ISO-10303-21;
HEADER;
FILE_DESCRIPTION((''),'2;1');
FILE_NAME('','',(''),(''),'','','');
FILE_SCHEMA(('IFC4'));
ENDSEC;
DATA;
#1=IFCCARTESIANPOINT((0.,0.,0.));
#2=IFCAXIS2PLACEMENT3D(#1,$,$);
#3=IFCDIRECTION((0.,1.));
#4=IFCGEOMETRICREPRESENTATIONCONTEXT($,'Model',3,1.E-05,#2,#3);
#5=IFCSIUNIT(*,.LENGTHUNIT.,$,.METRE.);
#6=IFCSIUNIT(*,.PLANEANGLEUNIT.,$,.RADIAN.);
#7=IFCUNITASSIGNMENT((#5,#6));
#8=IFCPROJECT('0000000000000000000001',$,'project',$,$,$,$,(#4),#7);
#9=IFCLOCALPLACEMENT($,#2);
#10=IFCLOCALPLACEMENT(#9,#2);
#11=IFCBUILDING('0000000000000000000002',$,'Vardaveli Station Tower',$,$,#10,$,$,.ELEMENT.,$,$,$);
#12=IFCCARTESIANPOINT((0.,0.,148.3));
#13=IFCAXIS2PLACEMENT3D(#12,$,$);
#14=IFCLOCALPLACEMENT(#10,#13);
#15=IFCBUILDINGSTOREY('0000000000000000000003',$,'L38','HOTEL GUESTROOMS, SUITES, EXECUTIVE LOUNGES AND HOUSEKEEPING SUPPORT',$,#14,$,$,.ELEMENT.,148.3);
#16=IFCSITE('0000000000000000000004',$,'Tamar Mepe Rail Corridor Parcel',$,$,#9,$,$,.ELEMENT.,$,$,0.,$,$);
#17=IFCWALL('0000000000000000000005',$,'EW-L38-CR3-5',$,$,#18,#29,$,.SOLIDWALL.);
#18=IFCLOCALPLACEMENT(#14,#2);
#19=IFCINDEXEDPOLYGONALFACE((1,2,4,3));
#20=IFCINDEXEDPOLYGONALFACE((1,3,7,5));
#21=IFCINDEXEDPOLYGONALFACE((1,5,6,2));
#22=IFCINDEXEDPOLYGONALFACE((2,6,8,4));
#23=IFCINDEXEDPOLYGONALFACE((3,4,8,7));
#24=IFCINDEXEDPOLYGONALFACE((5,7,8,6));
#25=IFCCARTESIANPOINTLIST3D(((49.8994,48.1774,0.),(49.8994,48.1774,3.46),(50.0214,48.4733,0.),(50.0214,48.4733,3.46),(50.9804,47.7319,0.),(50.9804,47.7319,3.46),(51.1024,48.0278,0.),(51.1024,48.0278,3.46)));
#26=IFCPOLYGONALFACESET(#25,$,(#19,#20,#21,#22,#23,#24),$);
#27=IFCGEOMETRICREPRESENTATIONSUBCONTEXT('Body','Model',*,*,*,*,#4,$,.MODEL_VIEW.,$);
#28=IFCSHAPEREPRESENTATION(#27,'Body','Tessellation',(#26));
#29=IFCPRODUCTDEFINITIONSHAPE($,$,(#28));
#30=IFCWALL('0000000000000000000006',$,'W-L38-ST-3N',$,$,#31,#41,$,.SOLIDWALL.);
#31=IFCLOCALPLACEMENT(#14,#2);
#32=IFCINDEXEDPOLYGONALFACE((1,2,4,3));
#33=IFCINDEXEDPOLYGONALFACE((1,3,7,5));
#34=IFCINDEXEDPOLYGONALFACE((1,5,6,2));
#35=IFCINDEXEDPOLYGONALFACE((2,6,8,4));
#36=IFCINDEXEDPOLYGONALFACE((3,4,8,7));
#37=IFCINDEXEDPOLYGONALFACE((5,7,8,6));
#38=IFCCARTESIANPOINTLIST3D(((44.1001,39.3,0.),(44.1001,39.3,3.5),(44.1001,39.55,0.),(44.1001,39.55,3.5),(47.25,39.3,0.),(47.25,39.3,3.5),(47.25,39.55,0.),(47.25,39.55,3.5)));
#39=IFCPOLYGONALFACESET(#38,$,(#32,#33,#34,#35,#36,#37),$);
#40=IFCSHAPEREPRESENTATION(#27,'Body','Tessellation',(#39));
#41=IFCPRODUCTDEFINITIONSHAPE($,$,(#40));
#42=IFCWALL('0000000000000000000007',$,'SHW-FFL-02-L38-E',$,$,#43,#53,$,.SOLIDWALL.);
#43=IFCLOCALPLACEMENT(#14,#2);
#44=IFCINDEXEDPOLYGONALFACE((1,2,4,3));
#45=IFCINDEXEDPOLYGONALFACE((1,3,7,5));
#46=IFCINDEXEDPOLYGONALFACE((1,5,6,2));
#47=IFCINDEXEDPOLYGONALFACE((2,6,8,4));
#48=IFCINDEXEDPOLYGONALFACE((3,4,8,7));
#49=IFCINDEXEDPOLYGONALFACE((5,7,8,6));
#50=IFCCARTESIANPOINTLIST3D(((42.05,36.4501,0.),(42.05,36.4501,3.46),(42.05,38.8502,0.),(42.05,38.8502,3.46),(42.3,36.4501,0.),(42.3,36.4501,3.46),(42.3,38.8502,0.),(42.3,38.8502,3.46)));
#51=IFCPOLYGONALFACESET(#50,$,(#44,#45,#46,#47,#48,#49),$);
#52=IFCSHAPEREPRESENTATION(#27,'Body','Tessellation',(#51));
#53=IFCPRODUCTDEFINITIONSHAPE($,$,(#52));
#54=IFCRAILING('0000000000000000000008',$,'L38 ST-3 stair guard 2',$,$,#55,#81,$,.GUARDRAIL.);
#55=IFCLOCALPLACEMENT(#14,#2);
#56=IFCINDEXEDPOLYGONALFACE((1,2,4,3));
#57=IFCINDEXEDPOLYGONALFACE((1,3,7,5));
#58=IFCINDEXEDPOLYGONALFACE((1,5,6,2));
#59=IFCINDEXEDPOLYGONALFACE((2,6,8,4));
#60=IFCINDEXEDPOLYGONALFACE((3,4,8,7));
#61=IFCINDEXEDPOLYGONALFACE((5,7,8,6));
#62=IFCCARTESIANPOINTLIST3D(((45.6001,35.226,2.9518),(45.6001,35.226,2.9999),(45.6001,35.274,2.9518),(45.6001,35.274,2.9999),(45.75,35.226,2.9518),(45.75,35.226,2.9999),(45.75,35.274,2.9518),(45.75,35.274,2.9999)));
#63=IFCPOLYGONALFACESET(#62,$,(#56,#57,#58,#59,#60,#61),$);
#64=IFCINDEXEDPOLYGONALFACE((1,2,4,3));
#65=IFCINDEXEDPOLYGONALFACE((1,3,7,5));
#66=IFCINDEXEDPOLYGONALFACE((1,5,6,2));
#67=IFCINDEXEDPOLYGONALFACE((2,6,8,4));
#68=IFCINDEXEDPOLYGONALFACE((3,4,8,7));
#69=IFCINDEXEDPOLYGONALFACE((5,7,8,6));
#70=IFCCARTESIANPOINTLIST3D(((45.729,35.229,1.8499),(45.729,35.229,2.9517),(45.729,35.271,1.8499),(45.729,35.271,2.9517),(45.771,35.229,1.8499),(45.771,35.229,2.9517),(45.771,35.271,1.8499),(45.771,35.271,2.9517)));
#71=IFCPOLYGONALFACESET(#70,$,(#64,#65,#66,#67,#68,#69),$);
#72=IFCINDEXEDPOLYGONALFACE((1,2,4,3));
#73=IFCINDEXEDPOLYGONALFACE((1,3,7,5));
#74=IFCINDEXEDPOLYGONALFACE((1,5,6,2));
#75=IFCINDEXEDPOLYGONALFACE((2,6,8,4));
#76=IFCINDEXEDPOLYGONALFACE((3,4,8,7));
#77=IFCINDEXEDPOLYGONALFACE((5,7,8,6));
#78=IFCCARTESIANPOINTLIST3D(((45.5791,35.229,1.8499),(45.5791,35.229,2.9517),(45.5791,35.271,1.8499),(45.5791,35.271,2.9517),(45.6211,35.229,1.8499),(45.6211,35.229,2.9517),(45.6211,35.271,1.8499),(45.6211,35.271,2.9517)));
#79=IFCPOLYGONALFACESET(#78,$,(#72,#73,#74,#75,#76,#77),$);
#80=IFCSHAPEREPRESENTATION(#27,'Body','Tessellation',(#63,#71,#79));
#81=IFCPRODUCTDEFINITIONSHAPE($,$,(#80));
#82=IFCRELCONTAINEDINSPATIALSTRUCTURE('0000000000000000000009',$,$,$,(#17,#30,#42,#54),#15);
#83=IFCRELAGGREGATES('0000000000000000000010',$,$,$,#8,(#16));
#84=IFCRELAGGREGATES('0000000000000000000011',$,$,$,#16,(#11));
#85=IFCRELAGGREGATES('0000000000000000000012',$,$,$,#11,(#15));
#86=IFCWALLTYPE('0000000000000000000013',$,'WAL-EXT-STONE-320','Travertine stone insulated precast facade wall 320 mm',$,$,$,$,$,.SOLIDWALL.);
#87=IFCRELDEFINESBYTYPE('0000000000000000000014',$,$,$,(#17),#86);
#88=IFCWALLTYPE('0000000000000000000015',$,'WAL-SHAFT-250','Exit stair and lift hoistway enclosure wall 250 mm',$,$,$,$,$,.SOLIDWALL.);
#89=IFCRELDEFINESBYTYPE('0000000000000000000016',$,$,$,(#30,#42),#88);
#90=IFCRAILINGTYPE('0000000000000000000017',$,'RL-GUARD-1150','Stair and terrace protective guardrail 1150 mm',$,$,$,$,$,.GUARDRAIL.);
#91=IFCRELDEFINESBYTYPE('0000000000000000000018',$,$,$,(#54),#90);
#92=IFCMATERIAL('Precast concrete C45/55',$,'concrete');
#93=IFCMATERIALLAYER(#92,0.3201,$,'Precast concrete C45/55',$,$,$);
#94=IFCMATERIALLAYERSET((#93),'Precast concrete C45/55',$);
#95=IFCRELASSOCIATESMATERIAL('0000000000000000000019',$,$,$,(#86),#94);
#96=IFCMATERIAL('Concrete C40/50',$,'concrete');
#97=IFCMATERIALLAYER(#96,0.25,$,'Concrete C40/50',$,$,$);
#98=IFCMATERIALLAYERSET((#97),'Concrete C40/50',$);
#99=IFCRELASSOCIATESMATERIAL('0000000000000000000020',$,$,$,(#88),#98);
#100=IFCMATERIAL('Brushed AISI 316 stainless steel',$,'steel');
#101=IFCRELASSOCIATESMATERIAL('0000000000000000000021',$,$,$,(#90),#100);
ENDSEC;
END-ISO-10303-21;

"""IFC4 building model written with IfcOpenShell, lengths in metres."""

from ifc_helpers import new_model, si_unit, direction, frame, frame_2d, origin, origin_2d, place, context, subcontext, project, spatial, rectangle, extrude, source, transform, mapped, material, layer, layer_set, type_object, element, save


model = new_model("IFC4")

# Units and contexts
model_context = context("Model", 3, precision=1e-05, world=origin(), true_north=direction((0.0, 1.0)))
body_context = subcontext(model_context, "Body", "Model", "MODEL_VIEW")
ifc_project = project(units=[si_unit("LENGTHUNIT", "METRE"), si_unit("PLANEANGLEUNIT", "RADIAN")], contexts=[model_context])

# Site, building, storey
site_placement = place(None, origin())
site = spatial("IfcSite", under=ifc_project, at=site_placement, Name="Tamar Mepe Rail Corridor Parcel", CompositionType="ELEMENT", RefElevation=0.0)
building_placement = place(site_placement, origin())
building = spatial("IfcBuilding", under=site, at=building_placement, Name="Vardaveli Station Tower", CompositionType="ELEMENT")
storey_placement = place(building_placement, frame((0.0, 0.0, 148.3)))
storey = spatial("IfcBuildingStorey", under=building, at=storey_placement, Name="L38", Description="HOTEL GUESTROOMS, SUITES, EXECUTIVE LOUNGES AND HOUSEKEEPING SUPPORT", CompositionType="ELEMENT", Elevation=148.3)

# Shared definitions
ifc_material_1 = material(Name="Precast concrete C45/55", Category="concrete")

# Shared definitions
ifc_layer_1 = layer(ifc_material_1, 0.3201, Name="Precast concrete C45/55")
ifc_layer_set_1 = layer_set([ifc_layer_1], Name="Precast concrete C45/55")
wall_type_1 = type_object("IfcWallType", Name="WAL-EXT-STONE-320", Description="Travertine stone insulated precast facade wall 320 mm", PredefinedType="SOLIDWALL", material=ifc_layer_set_1)

# Walls
shared_shape_1 = source(origin(), body_context, "Body", "SweptSolid", [
    extrude(rectangle(XDim=1.1692, YDim=0.3201, at=frame_2d((0.5845, 0.0))), origin(), (0.0, 0.0, 1.0), 3.46),
])
for number, where, z_axis, x_axis, name in (
    (1, (51.0413, 47.8799, 0.0), (0.0, 0.0, 1.0), (-0.924553, 0.381054, 0.0), "EW-L38-CR3-5"),
):
    element("IfcWall", number, at=place(storey_placement, frame(where, z_axis=z_axis, x_axis=x_axis)), inside=storey, type_object=wall_type_1, Name=name, PredefinedType="SOLIDWALL", context=body_context, shape_type="MappedRepresentation", body=[
        mapped(shared_shape_1, transform((0.0, 0.0, 0.0), scale=1.0)),
    ])
ifc_material_2 = material(Name="Concrete C40/50", Category="concrete")
ifc_layer_2 = layer(ifc_material_2, 0.25, Name="Concrete C40/50")
ifc_layer_set_2 = layer_set([ifc_layer_2], Name="Concrete C40/50")
wall_type_2 = type_object("IfcWallType", Name="WAL-SHAFT-250", Description="Exit stair and lift hoistway enclosure wall 250 mm", PredefinedType="SOLIDWALL", material=ifc_layer_set_2)
shared_shape_2 = source(origin(), body_context, "Body", "SweptSolid", [
    extrude(rectangle(XDim=3.1499, YDim=0.25, at=frame_2d((1.575, 0.0))), origin(), (0.0, 0.0, 1.0), 3.5),
])
wall_1_placement = place(storey_placement, frame((44.1001, 39.425, 0.0), z_axis=(0.0, 0.0, 1.0), x_axis=(1.0, 0.0, 0.0)))
element("IfcWall", 2, at=wall_1_placement, inside=storey, type_object=wall_type_2, Name="W-L38-ST-3N", PredefinedType="SOLIDWALL", context=body_context, shape_type="MappedRepresentation", body=[
    mapped(shared_shape_2, transform((0.0, 0.0, 0.0), scale=1.0)),
])
shared_shape_3 = source(origin(), body_context, "Body", "SweptSolid", [
    extrude(rectangle(XDim=2.4001, YDim=0.25, at=frame_2d((1.2002, 0.0))), origin(), (0.0, 0.0, 1.0), 3.46),
])
wall_2_placement = place(storey_placement, frame((42.175, 36.45, 0.0), z_axis=(0.0, 0.0, 1.0), x_axis=(0.0, 1.0, 0.0)))
element("IfcWall", 3, at=wall_2_placement, inside=storey, type_object=wall_type_2, Name="SHW-FFL-02-L38-E", PredefinedType="SOLIDWALL", context=body_context, shape_type="MappedRepresentation", body=[
    mapped(shared_shape_3, transform((0.0, 0.0, 0.0), scale=1.0)),
])

# Railing
ifc_material_3 = material(Name="Brushed AISI 316 stainless steel", Category="steel")
railing_type = type_object("IfcRailingType", Name="RL-GUARD-1150", Description="Stair and terrace protective guardrail 1150 mm", PredefinedType="GUARDRAIL", material=ifc_material_3)
shared_shape_4 = source(origin(), body_context, "Body", "SweptSolid", [
    extrude(rectangle(XDim=0.0481, YDim=0.0481, at=origin_2d()), frame((0.0, 0.0, 1.126), z_axis=(-1.0, 0.0, 0.0), x_axis=(0.0, -1.0, 0.0)), (0.0, 0.0, 1.0), 0.1499),
    extrude(rectangle(XDim=0.042, YDim=0.042, at=origin_2d()), origin(), (0.0, 0.0, 1.0), 1.1018),
    extrude(rectangle(XDim=0.042, YDim=0.042, at=origin_2d()), frame((-0.1499, 0.0, 0.0)), (0.0, 0.0, 1.0), 1.1018),
])
railing_placement = place(storey_placement, frame((45.75, 35.25, 1.8499)))
element("IfcRailing", 4, at=railing_placement, inside=storey, type_object=railing_type, Name="L38 ST-3 stair guard 2", PredefinedType="GUARDRAIL", context=body_context, shape_type="MappedRepresentation", body=[
    mapped(shared_shape_4, transform((0.0, 0.0, 0.0), scale=1.0)),
])

save(model, "model.ifc")
